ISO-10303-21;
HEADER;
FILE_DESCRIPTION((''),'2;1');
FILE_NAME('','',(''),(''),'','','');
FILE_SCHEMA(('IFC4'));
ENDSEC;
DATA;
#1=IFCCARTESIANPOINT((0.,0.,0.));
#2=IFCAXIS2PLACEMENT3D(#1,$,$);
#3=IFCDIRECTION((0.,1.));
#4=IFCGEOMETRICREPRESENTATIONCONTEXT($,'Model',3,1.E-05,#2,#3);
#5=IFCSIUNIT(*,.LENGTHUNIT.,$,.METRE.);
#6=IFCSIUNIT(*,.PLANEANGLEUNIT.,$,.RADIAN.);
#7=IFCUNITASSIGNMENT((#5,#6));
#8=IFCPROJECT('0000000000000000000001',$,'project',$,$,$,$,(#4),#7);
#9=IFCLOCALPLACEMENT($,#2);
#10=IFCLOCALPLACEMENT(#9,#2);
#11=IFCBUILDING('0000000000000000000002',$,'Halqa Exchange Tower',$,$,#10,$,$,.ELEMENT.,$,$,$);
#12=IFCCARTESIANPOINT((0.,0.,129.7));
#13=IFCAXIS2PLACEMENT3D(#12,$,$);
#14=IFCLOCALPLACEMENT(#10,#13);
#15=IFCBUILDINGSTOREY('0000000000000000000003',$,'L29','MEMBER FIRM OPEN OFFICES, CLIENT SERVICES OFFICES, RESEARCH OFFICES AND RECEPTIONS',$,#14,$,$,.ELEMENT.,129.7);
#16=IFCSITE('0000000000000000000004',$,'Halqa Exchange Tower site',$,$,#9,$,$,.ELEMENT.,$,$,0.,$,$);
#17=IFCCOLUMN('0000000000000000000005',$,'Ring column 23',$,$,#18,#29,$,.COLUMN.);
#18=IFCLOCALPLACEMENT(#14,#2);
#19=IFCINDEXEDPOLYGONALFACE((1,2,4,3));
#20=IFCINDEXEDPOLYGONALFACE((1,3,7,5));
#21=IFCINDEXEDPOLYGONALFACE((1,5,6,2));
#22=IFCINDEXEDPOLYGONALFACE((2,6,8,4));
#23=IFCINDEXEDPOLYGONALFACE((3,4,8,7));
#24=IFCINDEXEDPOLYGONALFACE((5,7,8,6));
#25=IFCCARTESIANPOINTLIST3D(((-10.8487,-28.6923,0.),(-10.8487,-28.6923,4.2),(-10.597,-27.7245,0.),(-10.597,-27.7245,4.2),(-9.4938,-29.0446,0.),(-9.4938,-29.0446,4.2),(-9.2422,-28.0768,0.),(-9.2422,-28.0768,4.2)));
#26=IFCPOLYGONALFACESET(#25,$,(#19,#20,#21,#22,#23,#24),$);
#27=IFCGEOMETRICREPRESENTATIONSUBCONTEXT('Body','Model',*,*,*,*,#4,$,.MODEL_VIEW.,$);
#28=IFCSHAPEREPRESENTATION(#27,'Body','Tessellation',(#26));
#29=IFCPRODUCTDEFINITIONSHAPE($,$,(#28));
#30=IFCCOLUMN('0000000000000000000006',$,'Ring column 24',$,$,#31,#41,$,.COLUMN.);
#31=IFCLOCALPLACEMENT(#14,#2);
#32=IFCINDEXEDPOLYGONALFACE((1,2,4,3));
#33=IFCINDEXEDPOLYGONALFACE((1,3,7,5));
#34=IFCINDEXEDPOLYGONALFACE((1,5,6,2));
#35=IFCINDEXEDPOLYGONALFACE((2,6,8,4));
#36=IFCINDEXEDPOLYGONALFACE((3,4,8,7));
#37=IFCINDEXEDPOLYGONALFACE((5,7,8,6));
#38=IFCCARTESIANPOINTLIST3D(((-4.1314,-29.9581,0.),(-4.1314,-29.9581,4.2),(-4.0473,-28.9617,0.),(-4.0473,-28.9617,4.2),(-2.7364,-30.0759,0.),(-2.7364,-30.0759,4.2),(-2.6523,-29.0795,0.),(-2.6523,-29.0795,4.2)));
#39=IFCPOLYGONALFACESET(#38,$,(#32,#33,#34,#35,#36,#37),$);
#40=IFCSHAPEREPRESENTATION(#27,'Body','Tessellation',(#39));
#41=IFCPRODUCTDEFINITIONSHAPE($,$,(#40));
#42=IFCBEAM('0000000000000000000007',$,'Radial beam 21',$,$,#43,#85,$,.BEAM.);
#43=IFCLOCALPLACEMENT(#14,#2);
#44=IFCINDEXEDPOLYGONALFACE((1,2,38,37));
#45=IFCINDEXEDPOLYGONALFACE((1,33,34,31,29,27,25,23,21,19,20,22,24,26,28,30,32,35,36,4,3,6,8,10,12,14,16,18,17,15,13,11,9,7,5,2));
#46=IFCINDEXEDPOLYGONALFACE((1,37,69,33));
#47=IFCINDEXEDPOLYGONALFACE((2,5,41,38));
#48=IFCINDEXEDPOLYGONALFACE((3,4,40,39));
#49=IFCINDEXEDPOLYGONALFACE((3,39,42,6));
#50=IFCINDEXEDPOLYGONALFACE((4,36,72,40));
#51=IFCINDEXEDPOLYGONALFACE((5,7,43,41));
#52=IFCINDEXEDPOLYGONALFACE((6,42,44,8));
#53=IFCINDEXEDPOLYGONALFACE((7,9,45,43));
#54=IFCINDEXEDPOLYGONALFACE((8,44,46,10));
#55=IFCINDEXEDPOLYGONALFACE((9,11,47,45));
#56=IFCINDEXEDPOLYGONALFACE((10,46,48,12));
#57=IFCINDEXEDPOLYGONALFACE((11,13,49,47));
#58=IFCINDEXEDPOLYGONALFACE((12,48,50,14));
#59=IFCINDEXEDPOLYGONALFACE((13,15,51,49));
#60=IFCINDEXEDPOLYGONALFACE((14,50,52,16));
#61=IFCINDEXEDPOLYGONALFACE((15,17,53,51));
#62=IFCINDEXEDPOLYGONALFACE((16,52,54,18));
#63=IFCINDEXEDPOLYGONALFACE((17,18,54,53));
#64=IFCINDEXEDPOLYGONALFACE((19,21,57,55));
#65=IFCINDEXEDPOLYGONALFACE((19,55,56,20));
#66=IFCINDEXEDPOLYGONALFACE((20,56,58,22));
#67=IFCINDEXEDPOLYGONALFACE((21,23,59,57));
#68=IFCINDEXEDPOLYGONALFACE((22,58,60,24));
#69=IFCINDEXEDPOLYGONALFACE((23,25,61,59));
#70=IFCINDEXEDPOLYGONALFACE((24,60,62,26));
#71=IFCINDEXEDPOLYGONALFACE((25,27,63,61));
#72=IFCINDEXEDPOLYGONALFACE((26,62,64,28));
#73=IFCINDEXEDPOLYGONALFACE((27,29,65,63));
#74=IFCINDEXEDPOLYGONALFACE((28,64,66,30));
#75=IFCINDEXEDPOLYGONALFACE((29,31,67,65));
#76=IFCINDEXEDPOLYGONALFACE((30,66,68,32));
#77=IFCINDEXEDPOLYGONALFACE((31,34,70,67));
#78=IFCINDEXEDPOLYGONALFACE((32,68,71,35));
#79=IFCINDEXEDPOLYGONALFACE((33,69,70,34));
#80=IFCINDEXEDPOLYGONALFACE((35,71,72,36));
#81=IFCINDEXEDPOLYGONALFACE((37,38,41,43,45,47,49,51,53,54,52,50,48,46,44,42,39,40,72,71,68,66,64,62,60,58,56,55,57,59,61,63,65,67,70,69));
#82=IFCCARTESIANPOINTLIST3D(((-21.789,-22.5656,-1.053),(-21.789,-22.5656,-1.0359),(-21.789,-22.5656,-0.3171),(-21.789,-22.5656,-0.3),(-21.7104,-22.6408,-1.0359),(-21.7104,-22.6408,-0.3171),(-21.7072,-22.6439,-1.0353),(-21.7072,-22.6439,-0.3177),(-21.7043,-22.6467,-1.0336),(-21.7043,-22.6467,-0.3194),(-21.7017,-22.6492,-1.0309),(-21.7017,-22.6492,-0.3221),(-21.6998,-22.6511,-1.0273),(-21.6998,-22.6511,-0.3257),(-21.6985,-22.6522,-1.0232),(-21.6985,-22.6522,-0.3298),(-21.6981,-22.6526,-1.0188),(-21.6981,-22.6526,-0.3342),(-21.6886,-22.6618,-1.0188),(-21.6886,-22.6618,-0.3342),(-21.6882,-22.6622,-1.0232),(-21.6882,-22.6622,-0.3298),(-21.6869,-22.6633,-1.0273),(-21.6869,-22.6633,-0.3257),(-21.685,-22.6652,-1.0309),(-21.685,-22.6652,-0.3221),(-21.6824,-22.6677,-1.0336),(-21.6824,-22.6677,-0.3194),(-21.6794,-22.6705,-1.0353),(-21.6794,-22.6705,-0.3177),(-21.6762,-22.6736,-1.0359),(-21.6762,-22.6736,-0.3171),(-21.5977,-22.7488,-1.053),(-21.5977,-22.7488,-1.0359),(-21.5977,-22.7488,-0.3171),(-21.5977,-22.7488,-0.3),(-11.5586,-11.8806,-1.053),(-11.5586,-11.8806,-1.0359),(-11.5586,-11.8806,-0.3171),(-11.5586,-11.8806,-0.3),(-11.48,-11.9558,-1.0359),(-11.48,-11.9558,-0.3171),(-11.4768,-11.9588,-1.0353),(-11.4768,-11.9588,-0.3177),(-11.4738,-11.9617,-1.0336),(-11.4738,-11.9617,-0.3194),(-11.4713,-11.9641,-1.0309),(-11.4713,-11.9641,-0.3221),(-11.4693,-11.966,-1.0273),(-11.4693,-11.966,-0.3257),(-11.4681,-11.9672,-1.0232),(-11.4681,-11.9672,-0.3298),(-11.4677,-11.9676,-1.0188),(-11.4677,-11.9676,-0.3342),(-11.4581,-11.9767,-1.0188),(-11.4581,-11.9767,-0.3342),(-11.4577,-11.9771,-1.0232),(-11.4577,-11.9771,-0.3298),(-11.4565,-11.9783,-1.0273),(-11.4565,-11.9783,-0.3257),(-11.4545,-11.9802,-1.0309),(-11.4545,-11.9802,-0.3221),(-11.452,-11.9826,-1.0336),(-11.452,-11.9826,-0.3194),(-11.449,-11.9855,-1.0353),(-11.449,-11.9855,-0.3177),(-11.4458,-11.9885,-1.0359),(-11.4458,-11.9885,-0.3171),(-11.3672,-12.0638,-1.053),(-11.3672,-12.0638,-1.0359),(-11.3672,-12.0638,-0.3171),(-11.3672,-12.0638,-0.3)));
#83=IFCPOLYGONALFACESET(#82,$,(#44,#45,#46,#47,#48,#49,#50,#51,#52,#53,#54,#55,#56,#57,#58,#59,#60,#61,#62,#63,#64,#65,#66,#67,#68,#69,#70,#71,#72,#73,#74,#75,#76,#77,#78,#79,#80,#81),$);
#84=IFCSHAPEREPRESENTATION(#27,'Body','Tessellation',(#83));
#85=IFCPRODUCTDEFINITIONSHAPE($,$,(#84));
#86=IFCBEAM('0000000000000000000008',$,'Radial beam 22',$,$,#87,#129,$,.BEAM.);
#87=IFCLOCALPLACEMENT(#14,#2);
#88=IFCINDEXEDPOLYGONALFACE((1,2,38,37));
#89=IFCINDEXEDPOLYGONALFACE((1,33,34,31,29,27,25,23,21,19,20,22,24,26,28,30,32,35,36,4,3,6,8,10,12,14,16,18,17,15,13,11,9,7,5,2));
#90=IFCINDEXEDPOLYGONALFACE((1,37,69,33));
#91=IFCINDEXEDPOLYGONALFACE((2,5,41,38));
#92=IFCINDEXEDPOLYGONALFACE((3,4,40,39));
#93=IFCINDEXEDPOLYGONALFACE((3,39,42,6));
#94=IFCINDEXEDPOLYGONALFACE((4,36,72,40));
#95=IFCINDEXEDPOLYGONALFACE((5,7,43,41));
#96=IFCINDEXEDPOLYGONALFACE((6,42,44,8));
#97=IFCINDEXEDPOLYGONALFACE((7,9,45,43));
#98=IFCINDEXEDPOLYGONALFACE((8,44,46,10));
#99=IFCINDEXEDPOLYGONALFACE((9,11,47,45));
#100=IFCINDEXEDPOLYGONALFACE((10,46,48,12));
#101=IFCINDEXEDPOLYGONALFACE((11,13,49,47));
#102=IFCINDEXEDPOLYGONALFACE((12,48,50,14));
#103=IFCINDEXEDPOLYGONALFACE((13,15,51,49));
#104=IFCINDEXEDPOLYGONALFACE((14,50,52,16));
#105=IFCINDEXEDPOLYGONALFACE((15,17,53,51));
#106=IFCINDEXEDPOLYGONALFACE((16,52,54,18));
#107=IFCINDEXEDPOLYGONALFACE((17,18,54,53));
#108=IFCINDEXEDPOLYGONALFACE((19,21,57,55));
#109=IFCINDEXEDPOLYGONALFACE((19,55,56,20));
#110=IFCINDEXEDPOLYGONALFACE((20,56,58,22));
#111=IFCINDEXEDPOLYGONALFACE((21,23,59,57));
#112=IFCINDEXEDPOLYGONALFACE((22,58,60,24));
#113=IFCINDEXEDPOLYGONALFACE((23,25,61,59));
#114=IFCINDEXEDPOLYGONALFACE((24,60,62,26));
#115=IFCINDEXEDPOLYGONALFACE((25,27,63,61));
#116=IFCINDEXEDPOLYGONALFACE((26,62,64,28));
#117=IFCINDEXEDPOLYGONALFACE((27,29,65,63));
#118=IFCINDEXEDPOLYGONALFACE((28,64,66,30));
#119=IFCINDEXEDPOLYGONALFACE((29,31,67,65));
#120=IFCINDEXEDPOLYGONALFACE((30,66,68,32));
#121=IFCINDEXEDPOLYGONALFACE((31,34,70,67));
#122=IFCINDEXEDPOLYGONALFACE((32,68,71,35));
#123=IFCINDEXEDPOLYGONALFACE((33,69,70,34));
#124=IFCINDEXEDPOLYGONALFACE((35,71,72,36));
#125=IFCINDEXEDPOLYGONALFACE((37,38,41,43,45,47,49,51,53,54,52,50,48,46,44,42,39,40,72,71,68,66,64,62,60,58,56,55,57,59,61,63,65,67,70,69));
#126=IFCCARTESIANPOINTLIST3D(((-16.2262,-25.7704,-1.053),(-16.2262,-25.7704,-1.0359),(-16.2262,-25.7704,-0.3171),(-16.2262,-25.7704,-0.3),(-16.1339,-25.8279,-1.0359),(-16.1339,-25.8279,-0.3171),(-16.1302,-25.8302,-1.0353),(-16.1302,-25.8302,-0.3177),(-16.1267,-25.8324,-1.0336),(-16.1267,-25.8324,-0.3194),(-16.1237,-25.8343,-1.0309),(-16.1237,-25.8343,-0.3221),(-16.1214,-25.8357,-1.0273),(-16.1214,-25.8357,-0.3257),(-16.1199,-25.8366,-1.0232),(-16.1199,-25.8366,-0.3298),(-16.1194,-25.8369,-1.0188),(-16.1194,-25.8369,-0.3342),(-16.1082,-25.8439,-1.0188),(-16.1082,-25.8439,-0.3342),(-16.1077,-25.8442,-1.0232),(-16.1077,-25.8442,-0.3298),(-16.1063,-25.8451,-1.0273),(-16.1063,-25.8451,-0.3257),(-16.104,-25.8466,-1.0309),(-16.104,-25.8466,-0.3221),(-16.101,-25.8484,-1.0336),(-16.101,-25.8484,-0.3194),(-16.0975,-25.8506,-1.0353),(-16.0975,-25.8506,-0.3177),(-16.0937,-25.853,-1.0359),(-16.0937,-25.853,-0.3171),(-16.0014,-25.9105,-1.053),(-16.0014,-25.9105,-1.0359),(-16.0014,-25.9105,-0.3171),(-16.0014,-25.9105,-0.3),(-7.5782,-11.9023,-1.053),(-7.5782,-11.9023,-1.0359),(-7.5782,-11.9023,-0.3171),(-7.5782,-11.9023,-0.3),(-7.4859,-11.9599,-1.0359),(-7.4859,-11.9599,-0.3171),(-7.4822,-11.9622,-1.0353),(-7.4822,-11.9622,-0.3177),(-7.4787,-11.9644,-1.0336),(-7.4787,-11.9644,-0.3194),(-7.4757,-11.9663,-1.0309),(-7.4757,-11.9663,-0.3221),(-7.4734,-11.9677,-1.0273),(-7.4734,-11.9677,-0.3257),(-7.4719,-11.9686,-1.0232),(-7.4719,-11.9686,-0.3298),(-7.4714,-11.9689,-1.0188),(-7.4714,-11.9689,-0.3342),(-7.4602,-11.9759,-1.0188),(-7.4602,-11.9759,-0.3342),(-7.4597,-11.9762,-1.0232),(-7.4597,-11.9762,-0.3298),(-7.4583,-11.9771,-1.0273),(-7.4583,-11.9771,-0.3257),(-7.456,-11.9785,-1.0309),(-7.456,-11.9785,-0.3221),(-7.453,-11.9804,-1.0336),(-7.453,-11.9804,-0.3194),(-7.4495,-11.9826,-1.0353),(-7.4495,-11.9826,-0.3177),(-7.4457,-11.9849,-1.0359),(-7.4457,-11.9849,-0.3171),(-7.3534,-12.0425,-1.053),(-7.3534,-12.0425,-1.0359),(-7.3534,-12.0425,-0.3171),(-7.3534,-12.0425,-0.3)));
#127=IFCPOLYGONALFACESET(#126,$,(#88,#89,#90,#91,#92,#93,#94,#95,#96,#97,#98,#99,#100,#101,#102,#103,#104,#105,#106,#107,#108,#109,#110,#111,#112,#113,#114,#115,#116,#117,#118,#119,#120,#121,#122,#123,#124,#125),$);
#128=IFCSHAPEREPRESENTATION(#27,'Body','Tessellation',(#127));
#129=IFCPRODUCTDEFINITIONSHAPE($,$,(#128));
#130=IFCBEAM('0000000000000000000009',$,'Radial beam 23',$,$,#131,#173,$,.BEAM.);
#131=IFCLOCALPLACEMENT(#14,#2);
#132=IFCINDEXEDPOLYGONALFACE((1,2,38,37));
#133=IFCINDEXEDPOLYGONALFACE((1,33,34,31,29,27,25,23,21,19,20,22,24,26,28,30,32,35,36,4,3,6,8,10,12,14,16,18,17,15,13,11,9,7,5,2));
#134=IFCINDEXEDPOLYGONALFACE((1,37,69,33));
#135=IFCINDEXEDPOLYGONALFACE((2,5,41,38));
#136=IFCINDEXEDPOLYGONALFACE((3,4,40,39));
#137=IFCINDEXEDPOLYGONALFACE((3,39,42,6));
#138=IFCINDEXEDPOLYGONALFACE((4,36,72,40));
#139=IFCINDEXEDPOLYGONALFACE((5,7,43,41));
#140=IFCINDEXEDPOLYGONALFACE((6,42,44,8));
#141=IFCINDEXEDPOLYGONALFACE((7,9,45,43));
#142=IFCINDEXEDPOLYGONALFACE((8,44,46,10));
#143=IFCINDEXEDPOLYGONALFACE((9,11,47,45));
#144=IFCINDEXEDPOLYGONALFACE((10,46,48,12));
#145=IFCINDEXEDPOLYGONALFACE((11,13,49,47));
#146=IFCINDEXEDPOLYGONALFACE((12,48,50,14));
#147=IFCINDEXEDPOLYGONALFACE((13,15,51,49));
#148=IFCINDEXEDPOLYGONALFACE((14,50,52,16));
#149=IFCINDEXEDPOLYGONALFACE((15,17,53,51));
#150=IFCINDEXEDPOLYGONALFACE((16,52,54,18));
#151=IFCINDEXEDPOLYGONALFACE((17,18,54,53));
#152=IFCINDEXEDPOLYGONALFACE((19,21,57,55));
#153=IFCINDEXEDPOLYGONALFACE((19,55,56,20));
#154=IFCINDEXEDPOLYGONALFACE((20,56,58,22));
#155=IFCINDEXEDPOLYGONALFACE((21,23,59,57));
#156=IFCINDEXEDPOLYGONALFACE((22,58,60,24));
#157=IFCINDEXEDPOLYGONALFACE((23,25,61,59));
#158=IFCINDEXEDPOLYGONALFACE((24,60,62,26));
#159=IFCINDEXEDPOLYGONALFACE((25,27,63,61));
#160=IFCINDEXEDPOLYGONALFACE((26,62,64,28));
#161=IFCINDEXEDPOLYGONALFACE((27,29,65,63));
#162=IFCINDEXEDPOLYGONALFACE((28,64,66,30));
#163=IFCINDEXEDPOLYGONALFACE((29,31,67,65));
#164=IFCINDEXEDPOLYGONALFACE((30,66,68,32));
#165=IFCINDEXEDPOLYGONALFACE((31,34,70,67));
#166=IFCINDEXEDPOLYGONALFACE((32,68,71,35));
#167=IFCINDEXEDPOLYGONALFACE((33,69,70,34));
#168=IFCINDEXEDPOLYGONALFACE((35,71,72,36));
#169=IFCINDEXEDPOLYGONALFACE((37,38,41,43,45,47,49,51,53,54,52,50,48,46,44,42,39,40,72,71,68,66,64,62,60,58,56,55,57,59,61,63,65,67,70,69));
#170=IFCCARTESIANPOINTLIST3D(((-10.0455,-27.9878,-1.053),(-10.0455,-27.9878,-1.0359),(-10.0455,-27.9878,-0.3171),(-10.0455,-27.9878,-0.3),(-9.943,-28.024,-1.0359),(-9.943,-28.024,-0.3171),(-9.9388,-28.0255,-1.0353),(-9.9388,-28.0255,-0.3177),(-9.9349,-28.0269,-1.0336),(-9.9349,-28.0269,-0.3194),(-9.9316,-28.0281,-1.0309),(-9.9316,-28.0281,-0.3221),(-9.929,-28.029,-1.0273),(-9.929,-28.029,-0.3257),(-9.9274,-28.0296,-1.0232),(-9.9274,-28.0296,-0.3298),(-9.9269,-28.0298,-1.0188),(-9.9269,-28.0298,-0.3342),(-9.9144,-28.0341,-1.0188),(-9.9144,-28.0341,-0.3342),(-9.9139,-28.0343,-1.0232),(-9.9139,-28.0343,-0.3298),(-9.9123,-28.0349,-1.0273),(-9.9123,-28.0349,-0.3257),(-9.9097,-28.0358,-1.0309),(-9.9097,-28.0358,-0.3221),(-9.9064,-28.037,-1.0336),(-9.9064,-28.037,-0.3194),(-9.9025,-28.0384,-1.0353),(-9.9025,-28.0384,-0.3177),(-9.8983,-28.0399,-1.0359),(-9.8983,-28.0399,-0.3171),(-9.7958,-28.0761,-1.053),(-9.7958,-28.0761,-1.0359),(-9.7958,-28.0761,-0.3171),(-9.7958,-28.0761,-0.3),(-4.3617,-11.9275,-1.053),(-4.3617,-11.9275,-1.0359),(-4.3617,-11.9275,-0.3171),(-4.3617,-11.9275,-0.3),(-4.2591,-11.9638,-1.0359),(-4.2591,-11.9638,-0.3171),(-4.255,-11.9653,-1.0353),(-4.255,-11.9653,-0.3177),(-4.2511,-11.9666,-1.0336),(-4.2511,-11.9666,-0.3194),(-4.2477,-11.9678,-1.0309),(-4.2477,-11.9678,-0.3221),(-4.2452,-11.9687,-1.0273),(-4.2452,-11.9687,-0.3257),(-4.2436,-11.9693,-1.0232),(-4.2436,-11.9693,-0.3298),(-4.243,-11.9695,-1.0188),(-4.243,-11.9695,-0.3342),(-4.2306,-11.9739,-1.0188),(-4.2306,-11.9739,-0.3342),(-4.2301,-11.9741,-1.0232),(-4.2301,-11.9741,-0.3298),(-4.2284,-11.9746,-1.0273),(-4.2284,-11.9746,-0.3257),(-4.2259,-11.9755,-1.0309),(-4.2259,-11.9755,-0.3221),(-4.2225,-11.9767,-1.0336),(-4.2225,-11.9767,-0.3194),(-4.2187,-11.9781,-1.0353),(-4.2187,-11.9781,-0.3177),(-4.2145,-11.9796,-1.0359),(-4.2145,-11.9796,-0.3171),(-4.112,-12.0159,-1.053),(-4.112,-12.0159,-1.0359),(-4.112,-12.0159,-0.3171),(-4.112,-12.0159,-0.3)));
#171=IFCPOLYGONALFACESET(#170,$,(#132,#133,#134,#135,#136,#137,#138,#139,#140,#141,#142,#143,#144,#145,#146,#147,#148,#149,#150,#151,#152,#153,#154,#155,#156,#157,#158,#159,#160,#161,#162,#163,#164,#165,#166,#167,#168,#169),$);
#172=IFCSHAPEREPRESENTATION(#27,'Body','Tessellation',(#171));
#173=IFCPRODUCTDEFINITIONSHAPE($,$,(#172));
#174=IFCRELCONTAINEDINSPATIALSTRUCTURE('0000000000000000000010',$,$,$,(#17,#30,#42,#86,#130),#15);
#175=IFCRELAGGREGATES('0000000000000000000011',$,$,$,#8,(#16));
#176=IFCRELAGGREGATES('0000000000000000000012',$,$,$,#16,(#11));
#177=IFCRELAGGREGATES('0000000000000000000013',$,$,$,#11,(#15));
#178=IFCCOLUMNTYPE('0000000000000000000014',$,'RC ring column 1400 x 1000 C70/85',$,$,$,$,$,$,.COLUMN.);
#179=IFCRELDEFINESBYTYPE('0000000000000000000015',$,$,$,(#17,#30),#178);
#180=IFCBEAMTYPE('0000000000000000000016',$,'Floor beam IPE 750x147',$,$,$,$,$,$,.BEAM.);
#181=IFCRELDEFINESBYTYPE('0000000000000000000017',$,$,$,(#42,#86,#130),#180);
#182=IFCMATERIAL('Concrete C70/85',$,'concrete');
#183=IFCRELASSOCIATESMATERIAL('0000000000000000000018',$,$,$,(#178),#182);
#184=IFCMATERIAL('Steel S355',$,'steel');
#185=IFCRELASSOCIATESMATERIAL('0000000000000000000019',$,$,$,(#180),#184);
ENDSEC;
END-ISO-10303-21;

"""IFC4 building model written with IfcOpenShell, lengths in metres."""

from ifc_helpers import new_model, si_unit, direction, frame, origin, origin_2d, place, context, subcontext, project, spatial, rectangle, i_section, extrude, material, material_profile, profile_set, type_object, element, save


model = new_model("IFC4")

# Units and contexts
model_context = context("Model", 3, precision=1e-05, world=origin(), true_north=direction((0.0, 1.0)))
body_context = subcontext(model_context, "Body", "Model", "MODEL_VIEW")
ifc_project = project(units=[si_unit("LENGTHUNIT", "METRE"), si_unit("PLANEANGLEUNIT", "RADIAN")], contexts=[model_context])

# Site, building, storey
site_placement = place(None, origin())
site = spatial("IfcSite", under=ifc_project, at=site_placement, Name="Halqa Exchange Tower site", CompositionType="ELEMENT", RefElevation=0.0)
building_placement = place(site_placement, origin())
building = spatial("IfcBuilding", under=site, at=building_placement, Name="Halqa Exchange Tower", CompositionType="ELEMENT")
storey_placement = place(building_placement, frame((0.0, 0.0, 129.7)))
storey = spatial("IfcBuildingStorey", under=building, at=storey_placement, Name="L29", Description="MEMBER FIRM OPEN OFFICES, CLIENT SERVICES OFFICES, RESEARCH OFFICES AND RECEPTIONS", CompositionType="ELEMENT", Elevation=129.7)

# Columns
ifc_material_1 = material(Name="Concrete C70/85", Category="concrete")
ifc_material_profile_1 = material_profile(ifc_material_1, rectangle(XDim=1.3999, YDim=1.0, at=origin_2d()), Name="1400 x 1000")
ifc_profile_set_1 = profile_set([ifc_material_profile_1], Name="Concrete C70/85")
column_type = type_object("IfcColumnType", Name="RC ring column 1400 x 1000 C70/85", PredefinedType="COLUMN", material=ifc_profile_set_1)
for number, where, z_axis, x_axis, name in (
    (1, (-10.0454, -28.3845, 0.0), (0.0, 0.0, 1.0), (0.96782, -0.251645, 0.0), "Ring column 23"),
    (2, (-3.3918, -29.5188, 0.0), (0.0, 0.0, 1.0), (0.996455, -0.084123, 0.0), "Ring column 24"),
):
    element("IfcColumn", number, at=place(storey_placement, frame(where, z_axis=z_axis, x_axis=x_axis)), inside=storey, type_object=column_type, Name=name, PredefinedType="COLUMN", context=body_context, shape_type="SweptSolid", body=[
        extrude(rectangle(XDim=1.3999, YDim=1.0, at=origin_2d()), origin(), (0.0, 0.0, 1.0), 4.2),
    ])

# Beams
ifc_material_2 = material(Name="Steel S355", Category="steel")
ifc_material_profile_2 = material_profile(ifc_material_2, i_section(OverallWidth=0.2649, OverallDepth=0.7529, WebThickness=0.0132, FlangeThickness=0.0171, FilletRadius=0.0171, at=origin_2d()), Name="IPE 750x147")
ifc_profile_set_2 = profile_set([ifc_material_profile_2], Name="Steel S355")
beam_type_1 = type_object("IfcBeamType", Name="Floor beam IPE 750x147", PredefinedType="BEAM", material=ifc_profile_set_2)
beam_1_placement = place(storey_placement, frame((-11.4629, -11.9722, -0.6765), z_axis=(-0.691575, -0.722305, 0.0), x_axis=(0.722305, -0.691575, 0.0)))
element("IfcBeam", 3, at=beam_1_placement, inside=storey, type_object=beam_type_1, Name="Radial beam 21", PredefinedType="BEAM", context=body_context, shape_type="SweptSolid", body=[
    extrude(i_section(OverallWidth=0.2649, OverallDepth=0.7529, WebThickness=0.0132, FlangeThickness=0.0171, FilletRadius=0.0171, at=origin_2d()), origin(), (0.0, 0.0, 1.0), 14.793),
])
beam_2_placement = place(storey_placement, frame((-7.4658, -11.9724, -0.6765), z_axis=(-0.529141, -0.848534, 0.0), x_axis=(0.848534, -0.529141, 0.0)))
element("IfcBeam", 4, at=beam_2_placement, inside=storey, type_object=beam_type_1, Name="Radial beam 22", PredefinedType="BEAM", context=body_context, shape_type="SweptSolid", body=[
    extrude(i_section(OverallWidth=0.2649, OverallDepth=0.7529, WebThickness=0.0132, FlangeThickness=0.0171, FilletRadius=0.0171, at=origin_2d()), origin(), (0.0, 0.0, 1.0), 16.3435),
])
beam_3_placement = place(storey_placement, frame((-4.2368, -11.9717, -0.6765), z_axis=(-0.333629, -0.942705, 0.0), x_axis=(0.942705, -0.333629, 0.0)))
element("IfcBeam", 5, at=beam_3_placement, inside=storey, type_object=beam_type_1, Name="Radial beam 23", PredefinedType="BEAM", context=body_context, shape_type="SweptSolid", body=[
    extrude(i_section(OverallWidth=0.2649, OverallDepth=0.7529, WebThickness=0.0132, FlangeThickness=0.0171, FilletRadius=0.0171, at=origin_2d()), origin(), (0.0, 0.0, 1.0), 17.0364),
])

save(model, "model.ifc")
